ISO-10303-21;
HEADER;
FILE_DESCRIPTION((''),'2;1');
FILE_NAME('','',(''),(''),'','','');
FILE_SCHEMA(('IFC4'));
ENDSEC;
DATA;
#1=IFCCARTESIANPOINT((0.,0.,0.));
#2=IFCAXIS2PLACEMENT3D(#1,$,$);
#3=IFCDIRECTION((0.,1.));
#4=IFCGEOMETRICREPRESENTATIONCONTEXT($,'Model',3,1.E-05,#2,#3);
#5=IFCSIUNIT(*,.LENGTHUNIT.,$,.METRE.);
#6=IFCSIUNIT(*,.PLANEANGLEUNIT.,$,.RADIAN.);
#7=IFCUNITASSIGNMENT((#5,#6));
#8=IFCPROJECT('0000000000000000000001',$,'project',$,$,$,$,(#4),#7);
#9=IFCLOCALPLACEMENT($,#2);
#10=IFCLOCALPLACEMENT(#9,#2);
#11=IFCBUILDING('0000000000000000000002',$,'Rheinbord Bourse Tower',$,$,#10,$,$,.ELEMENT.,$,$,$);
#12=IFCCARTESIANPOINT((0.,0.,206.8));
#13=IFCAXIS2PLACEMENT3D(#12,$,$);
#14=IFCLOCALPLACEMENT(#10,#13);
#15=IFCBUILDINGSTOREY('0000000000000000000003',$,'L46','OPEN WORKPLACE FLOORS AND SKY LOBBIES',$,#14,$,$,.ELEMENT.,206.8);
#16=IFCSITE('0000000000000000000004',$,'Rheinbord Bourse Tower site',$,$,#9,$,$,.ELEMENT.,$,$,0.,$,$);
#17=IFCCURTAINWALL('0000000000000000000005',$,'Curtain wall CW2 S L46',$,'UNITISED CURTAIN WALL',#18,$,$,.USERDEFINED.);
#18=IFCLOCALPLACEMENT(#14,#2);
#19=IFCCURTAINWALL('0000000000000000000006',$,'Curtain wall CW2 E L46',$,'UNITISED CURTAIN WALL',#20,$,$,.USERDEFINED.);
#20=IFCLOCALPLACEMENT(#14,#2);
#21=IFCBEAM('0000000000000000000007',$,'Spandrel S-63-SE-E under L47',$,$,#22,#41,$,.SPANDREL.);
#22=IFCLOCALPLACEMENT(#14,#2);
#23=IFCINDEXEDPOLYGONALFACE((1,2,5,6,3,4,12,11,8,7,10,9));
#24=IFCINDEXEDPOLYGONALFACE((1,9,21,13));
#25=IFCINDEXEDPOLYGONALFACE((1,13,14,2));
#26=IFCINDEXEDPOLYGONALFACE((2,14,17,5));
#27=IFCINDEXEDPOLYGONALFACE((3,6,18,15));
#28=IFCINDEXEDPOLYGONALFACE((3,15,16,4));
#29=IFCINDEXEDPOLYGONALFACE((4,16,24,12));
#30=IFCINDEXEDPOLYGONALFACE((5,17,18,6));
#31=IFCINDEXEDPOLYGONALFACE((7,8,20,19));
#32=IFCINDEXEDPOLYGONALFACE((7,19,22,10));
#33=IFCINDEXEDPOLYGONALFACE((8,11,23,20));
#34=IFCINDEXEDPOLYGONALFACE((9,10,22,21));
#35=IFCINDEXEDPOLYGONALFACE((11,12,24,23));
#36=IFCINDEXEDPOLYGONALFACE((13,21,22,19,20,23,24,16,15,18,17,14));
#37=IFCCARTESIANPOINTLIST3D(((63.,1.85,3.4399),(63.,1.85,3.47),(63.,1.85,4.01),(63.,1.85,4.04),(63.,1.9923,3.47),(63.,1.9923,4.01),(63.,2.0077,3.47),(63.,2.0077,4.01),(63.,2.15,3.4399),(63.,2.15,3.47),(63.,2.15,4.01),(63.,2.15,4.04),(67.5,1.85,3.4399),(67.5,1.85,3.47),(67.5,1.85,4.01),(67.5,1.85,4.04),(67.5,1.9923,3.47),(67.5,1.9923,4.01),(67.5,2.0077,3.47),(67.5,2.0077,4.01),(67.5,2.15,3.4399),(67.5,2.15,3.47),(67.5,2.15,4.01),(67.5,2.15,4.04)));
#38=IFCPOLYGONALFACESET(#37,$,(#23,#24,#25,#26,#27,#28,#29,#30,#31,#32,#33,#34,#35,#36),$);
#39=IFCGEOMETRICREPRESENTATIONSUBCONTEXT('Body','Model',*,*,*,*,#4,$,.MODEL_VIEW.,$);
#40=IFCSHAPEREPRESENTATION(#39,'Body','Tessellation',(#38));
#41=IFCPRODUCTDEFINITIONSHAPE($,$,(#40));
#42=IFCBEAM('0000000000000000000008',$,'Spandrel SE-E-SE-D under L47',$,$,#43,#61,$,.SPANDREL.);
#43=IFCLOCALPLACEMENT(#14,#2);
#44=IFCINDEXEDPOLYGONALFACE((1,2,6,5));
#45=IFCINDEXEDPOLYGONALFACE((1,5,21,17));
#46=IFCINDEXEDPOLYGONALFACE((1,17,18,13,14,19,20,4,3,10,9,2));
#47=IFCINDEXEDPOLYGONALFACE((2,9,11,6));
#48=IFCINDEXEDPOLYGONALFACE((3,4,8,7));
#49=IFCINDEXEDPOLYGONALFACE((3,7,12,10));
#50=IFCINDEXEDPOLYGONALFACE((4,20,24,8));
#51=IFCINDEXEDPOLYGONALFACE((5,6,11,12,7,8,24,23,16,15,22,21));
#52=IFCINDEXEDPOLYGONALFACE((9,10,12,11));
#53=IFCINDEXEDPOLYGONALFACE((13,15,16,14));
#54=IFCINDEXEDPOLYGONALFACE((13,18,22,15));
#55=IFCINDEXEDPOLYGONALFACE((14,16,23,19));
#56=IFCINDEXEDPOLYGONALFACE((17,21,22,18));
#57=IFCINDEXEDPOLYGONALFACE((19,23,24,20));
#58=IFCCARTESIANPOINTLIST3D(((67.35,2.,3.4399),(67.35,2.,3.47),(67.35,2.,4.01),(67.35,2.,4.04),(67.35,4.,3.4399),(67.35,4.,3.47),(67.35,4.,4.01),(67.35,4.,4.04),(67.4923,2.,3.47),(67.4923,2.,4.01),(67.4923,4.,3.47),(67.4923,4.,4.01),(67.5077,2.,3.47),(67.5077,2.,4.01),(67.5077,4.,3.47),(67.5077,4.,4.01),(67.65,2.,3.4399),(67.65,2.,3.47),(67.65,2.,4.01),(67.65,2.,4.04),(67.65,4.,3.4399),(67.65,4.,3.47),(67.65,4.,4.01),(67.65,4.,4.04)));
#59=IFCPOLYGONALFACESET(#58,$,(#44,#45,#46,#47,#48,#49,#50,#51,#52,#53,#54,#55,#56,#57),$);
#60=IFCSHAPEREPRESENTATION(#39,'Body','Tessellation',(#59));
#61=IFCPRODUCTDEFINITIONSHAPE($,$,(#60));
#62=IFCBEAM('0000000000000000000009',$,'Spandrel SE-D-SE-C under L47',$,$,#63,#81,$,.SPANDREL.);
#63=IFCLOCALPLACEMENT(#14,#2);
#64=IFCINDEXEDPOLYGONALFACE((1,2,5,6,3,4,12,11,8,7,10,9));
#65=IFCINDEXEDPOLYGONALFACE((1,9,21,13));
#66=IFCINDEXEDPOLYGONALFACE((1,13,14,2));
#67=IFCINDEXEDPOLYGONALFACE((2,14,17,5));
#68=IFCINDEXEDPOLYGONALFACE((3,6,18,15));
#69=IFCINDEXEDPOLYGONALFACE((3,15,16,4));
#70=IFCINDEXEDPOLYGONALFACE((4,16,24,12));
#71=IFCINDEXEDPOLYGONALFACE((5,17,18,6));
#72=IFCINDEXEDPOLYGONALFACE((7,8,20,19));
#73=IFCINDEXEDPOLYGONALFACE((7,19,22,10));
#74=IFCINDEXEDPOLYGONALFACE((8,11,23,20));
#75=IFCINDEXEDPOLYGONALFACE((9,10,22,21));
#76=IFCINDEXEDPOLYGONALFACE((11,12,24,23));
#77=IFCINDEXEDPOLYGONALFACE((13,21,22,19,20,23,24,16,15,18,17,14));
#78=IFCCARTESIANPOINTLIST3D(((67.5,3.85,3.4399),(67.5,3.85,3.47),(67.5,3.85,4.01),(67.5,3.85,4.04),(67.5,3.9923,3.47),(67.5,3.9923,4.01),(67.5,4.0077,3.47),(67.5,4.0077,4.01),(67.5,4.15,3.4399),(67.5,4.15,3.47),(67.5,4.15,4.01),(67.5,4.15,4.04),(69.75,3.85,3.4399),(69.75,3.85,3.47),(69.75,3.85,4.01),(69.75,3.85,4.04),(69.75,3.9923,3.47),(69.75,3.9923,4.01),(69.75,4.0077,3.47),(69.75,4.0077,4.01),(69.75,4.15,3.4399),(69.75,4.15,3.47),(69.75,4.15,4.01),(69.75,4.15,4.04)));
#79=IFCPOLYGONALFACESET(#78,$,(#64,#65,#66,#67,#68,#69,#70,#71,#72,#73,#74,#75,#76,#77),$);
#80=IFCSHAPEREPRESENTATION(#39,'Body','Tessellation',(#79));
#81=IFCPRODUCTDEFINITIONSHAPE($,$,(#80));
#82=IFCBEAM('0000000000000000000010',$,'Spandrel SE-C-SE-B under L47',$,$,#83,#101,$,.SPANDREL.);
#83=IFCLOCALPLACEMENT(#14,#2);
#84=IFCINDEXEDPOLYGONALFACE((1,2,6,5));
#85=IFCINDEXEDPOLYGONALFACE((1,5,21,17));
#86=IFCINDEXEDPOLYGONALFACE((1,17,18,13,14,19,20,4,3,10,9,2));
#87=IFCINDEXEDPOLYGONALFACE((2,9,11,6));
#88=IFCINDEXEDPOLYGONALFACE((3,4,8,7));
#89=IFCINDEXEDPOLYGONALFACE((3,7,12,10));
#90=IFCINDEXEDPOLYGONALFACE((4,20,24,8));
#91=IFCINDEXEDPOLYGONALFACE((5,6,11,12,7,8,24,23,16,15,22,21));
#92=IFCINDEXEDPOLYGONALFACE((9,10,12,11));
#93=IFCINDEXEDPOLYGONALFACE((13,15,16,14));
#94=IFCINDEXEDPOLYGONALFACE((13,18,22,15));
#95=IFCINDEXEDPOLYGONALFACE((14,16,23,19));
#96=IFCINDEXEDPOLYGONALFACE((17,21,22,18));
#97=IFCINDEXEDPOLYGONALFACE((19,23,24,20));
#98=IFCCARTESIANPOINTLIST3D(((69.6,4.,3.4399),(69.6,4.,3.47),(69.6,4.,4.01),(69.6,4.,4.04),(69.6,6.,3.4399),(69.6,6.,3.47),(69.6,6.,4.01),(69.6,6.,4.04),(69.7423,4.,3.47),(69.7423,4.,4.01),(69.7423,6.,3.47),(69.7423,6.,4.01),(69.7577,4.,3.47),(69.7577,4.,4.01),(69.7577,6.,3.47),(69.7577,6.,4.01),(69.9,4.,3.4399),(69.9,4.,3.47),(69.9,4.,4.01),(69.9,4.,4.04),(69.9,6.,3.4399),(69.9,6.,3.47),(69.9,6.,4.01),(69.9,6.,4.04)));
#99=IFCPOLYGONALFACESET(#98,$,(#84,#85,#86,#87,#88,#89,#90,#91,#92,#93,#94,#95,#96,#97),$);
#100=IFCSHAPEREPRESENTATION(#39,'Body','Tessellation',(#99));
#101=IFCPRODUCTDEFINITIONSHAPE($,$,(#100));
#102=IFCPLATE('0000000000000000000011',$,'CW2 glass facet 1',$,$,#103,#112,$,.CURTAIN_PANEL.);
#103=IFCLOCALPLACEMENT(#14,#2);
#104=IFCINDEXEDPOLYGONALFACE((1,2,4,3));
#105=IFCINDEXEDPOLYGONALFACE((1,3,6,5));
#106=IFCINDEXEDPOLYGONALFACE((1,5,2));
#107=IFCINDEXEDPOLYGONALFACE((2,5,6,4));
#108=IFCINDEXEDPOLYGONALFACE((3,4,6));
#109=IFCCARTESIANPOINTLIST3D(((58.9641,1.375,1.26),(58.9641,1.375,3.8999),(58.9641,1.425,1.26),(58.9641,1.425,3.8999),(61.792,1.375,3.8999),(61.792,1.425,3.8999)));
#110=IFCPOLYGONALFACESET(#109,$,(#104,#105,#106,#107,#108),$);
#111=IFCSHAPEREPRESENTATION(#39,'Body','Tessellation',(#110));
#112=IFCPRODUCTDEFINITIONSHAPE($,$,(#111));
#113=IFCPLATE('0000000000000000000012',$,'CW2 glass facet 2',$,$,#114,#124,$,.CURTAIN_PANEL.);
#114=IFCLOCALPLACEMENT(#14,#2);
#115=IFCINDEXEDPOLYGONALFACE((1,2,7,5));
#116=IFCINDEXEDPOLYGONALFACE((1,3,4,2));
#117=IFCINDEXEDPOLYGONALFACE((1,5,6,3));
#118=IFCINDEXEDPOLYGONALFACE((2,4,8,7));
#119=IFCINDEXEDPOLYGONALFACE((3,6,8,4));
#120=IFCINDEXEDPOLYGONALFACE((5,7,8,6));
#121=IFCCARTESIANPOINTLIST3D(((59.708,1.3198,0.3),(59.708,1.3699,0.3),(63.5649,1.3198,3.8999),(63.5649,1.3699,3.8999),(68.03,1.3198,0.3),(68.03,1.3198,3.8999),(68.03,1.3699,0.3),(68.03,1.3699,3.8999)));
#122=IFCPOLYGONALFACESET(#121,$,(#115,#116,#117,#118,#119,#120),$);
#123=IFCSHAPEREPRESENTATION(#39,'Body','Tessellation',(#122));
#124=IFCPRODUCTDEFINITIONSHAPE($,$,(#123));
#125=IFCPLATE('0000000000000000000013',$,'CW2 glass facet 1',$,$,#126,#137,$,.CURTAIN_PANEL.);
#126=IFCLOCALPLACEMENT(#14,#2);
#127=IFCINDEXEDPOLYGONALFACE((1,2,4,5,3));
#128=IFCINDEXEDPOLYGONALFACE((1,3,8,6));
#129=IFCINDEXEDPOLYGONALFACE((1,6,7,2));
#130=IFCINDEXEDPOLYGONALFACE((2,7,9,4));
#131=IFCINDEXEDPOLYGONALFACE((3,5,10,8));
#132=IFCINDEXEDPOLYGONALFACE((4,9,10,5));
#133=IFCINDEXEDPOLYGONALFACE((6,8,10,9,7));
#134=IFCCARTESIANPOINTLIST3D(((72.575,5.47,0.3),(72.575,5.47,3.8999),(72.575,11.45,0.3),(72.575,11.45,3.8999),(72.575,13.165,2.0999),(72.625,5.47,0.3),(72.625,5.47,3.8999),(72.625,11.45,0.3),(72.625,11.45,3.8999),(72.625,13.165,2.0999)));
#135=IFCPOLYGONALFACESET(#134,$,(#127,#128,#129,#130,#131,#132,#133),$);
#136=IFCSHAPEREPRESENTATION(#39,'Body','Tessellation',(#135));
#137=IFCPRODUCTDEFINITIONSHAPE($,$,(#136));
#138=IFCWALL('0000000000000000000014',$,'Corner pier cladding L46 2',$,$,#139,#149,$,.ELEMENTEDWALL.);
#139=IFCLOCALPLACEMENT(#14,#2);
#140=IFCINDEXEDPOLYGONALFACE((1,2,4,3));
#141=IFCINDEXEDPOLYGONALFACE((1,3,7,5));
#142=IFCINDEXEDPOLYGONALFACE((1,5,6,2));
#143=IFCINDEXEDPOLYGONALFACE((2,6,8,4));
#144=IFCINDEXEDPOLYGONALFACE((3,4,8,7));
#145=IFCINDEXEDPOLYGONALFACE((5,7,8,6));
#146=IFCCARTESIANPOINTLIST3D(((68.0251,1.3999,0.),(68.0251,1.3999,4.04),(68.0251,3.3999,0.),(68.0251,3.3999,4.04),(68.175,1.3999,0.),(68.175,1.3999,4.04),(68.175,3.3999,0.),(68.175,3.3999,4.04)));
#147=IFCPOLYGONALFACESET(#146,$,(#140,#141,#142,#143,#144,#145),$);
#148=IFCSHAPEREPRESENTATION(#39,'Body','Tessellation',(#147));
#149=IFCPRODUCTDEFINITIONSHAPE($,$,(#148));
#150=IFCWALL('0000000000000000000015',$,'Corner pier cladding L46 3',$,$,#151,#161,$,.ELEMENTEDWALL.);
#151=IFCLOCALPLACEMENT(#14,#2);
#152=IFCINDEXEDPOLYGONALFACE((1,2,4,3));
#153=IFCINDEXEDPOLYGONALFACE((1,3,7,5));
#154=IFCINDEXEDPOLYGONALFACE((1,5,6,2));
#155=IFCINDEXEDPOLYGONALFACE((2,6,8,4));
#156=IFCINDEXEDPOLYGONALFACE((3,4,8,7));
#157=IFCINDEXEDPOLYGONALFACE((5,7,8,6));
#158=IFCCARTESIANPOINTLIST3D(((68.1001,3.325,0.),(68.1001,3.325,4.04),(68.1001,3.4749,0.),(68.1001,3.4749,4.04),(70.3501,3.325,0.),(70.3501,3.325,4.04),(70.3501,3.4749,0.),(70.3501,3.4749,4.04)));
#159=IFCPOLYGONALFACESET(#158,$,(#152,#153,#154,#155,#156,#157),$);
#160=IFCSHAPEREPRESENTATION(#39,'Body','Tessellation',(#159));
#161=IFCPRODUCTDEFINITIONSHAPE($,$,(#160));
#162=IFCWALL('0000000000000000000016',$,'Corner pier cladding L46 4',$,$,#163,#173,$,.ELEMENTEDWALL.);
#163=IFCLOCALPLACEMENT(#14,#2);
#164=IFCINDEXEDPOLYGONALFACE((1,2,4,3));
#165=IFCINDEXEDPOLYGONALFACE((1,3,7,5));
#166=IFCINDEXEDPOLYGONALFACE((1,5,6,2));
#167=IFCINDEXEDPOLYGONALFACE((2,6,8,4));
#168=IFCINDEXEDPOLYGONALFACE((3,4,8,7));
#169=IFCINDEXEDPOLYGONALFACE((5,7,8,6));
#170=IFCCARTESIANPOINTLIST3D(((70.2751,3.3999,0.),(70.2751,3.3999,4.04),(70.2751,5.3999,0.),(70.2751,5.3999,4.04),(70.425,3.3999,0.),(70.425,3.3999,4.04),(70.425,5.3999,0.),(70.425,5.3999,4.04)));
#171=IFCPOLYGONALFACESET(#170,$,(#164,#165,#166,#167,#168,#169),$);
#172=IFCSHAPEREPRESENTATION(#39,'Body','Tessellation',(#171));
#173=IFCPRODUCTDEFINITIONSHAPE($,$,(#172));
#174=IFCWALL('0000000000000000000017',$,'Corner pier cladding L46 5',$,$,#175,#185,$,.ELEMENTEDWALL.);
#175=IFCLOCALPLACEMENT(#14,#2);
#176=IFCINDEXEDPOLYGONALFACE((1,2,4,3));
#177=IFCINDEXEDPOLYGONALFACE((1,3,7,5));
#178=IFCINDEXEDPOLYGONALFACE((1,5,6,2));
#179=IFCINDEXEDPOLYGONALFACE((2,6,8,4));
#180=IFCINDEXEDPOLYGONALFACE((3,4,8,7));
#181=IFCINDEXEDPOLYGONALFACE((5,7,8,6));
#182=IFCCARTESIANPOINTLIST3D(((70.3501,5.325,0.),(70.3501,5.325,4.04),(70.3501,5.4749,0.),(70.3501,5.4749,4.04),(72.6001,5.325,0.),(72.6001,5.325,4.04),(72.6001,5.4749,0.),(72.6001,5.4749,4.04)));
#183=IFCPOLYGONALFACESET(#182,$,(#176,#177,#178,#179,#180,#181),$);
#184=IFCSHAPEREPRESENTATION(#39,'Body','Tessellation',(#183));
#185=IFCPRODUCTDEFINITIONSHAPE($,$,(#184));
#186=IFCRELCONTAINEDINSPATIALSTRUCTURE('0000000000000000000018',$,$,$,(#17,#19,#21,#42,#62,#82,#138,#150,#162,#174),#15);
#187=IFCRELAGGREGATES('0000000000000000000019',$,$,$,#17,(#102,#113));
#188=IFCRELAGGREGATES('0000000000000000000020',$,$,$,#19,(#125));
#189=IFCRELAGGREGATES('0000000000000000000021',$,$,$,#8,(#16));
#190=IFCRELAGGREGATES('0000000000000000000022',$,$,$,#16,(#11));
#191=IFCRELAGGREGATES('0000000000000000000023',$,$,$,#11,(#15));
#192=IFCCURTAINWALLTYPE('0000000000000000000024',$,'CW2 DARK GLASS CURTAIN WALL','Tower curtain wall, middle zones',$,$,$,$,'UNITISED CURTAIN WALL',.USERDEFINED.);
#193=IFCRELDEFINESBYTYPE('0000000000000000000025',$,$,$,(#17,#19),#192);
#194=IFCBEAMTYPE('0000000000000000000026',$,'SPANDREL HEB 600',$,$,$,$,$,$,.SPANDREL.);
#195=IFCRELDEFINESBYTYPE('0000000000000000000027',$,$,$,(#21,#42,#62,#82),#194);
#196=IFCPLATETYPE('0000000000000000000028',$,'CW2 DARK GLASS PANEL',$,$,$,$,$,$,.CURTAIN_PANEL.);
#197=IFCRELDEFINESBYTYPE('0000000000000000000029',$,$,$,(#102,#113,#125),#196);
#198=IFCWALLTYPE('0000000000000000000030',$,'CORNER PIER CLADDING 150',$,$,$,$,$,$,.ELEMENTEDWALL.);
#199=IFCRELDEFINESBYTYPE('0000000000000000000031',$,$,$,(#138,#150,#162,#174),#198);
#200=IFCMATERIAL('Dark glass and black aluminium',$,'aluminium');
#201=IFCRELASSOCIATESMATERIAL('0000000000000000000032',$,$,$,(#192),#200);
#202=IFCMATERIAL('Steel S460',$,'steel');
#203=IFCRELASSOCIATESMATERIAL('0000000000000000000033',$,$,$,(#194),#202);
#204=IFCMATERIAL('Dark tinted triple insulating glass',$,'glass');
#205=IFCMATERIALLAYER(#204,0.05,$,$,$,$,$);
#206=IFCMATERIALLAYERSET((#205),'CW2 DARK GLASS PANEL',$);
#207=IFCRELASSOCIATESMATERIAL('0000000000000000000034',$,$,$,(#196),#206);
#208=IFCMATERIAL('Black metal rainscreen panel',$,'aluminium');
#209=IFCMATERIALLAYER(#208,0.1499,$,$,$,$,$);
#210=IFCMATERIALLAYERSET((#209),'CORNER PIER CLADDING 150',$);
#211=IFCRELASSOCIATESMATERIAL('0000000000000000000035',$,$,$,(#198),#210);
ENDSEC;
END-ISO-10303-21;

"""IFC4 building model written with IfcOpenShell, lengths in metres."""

from ifc_helpers import new_model, si_unit, direction, frame, frame_2d, origin, origin_2d, place, context, subcontext, project, spatial, polyline, rectangle, i_section, outline, extrude, material, layer, layer_set, material_profile, profile_set, type_object, element, aggregate, save


model = new_model("IFC4")

# Units and contexts
model_context = context("Model", 3, precision=1e-05, world=origin(), true_north=direction((0.0, 1.0)))
body_context = subcontext(model_context, "Body", "Model", "MODEL_VIEW")
ifc_project = project(units=[si_unit("LENGTHUNIT", "METRE"), si_unit("PLANEANGLEUNIT", "RADIAN")], contexts=[model_context])

# Site, building, storey
site_placement = place(None, origin())
site = spatial("IfcSite", under=ifc_project, at=site_placement, Name="Rheinbord Bourse Tower site", CompositionType="ELEMENT", RefElevation=0.0)
building_placement = place(site_placement, origin())
building = spatial("IfcBuilding", under=site, at=building_placement, Name="Rheinbord Bourse Tower", CompositionType="ELEMENT")
storey_placement = place(building_placement, frame((0.0, 0.0, 206.8)))
storey = spatial("IfcBuildingStorey", under=building, at=storey_placement, Name="L46", Description="OPEN WORKPLACE FLOORS AND SKY LOBBIES", CompositionType="ELEMENT", Elevation=206.8)

# Curtain wall
ifc_material_1 = material(Name="Dark glass and black aluminium", Category="aluminium")
curtain_wall_type = type_object("IfcCurtainWallType", Name="CW2 DARK GLASS CURTAIN WALL", Description="Tower curtain wall, middle zones", ElementType="UNITISED CURTAIN WALL", PredefinedType="USERDEFINED", material=ifc_material_1)
curtain_wall_1_placement = place(storey_placement, origin())
curtain_wall_1 = element("IfcCurtainWall", 1, at=curtain_wall_1_placement, inside=storey, type_object=curtain_wall_type, Name="Curtain wall CW2 S L46", ObjectType="UNITISED CURTAIN WALL", PredefinedType="USERDEFINED")

# Curtain wall
curtain_wall_2_placement = place(storey_placement, origin())
curtain_wall_2 = element("IfcCurtainWall", 2, at=curtain_wall_2_placement, inside=storey, type_object=curtain_wall_type, Name="Curtain wall CW2 E L46", ObjectType="UNITISED CURTAIN WALL", PredefinedType="USERDEFINED")

# Beams
ifc_material_2 = material(Name="Steel S460", Category="steel")
ifc_material_profile_1 = material_profile(ifc_material_2, i_section(OverallWidth=0.3, OverallDepth=0.6001, WebThickness=0.0154, FlangeThickness=0.03, at=origin_2d()), Name="HEB 600")
ifc_profile_set_1 = profile_set([ifc_material_profile_1], Name="Steel S460")
beam_type_1 = type_object("IfcBeamType", Name="SPANDREL HEB 600", PredefinedType="SPANDREL", material=ifc_profile_set_1)
for number, where, z_axis, x_axis, name in (
    (3, (63.0, 2.0, 3.74), (1.0, 0.0, 0.0), (0.0, 1.0, 0.0), "Spandrel S-63-SE-E under L47"),
):
    element("IfcBeam", number, at=place(storey_placement, frame(where, z_axis=z_axis, x_axis=x_axis)), inside=storey, type_object=beam_type_1, Name=name, PredefinedType="SPANDREL", context=body_context, shape_type="SweptSolid", body=[
        extrude(i_section(OverallWidth=0.3, OverallDepth=0.6001, WebThickness=0.0154, FlangeThickness=0.03, at=origin_2d()), origin(), (0.0, 0.0, 1.0), 4.5),
    ])
beam_1_placement = place(storey_placement, frame((67.5, 2.0, 3.74), z_axis=(0.0, 1.0, 0.0), x_axis=(-1.0, 0.0, 0.0)))
element("IfcBeam", 4, at=beam_1_placement, inside=storey, type_object=beam_type_1, Name="Spandrel SE-E-SE-D under L47", PredefinedType="SPANDREL", context=body_context, shape_type="SweptSolid", body=[
    extrude(i_section(OverallWidth=0.3, OverallDepth=0.6001, WebThickness=0.0154, FlangeThickness=0.03, at=origin_2d()), origin(), (0.0, 0.0, 1.0), 2.0),
])
beam_2_placement = place(storey_placement, frame((67.5, 4.0, 3.74), z_axis=(1.0, 0.0, 0.0), x_axis=(0.0, 1.0, 0.0)))
element("IfcBeam", 5, at=beam_2_placement, inside=storey, type_object=beam_type_1, Name="Spandrel SE-D-SE-C under L47", PredefinedType="SPANDREL", context=body_context, shape_type="SweptSolid", body=[
    extrude(i_section(OverallWidth=0.3, OverallDepth=0.6001, WebThickness=0.0154, FlangeThickness=0.03, at=origin_2d()), origin(), (0.0, 0.0, 1.0), 2.25),
])
beam_3_placement = place(storey_placement, frame((69.75, 4.0, 3.74), z_axis=(0.0, 1.0, 0.0), x_axis=(-1.0, 0.0, 0.0)))
element("IfcBeam", 6, at=beam_3_placement, inside=storey, type_object=beam_type_1, Name="Spandrel SE-C-SE-B under L47", PredefinedType="SPANDREL", context=body_context, shape_type="SweptSolid", body=[
    extrude(i_section(OverallWidth=0.3, OverallDepth=0.6001, WebThickness=0.0154, FlangeThickness=0.03, at=origin_2d()), origin(), (0.0, 0.0, 1.0), 2.0),
])

# Plates
ifc_material_3 = material(Name="Dark tinted triple insulating glass", Category="glass")
ifc_layer_1 = layer(ifc_material_3, 0.05)
ifc_layer_set_1 = layer_set([ifc_layer_1], Name="CW2 DARK GLASS PANEL")
plate_type = type_object("IfcPlateType", Name="CW2 DARK GLASS PANEL", PredefinedType="CURTAIN_PANEL", material=ifc_layer_set_1)
plate_1_placement = place(storey_placement, frame((58.9641, 1.375, 3.8999), z_axis=(0.0, 1.0, 0.0), x_axis=(1.0, 0.0, 0.0)))
plate_1 = element("IfcPlate", 7, at=plate_1_placement, type_object=plate_type, Name="CW2 glass facet 1", PredefinedType="CURTAIN_PANEL", context=body_context, shape_type="SweptSolid", body=[
    extrude(outline(polyline([(0.0, 0.0), (2.8279, 0.0), (0.0, 2.6399), (0.0, 0.0)])), origin(), (0.0, 0.0, 1.0), 0.05),
])
plate_2_placement = place(storey_placement, frame((68.03, 1.3198, 3.8999), z_axis=(0.0, 1.0, 0.0), x_axis=(0.0, 0.0, -1.0)))
plate_2 = element("IfcPlate", 8, at=plate_2_placement, type_object=plate_type, Name="CW2 glass facet 2", PredefinedType="CURTAIN_PANEL", context=body_context, shape_type="SweptSolid", body=[
    extrude(outline(polyline([(0.0, 0.0), (3.5999, 0.0), (3.5999, 8.322), (0.0, 4.4651), (0.0, 0.0)])), origin(), (0.0, 0.0, 1.0), 0.05),
])
aggregate(curtain_wall_1, [plate_1, plate_2])
plate_3_placement = place(storey_placement, frame((72.625, 5.47, 0.3), z_axis=(-1.0, 0.0, 0.0), x_axis=(0.0, 0.0, 1.0)))
plate_3 = element("IfcPlate", 9, at=plate_3_placement, type_object=plate_type, Name="CW2 glass facet 1", PredefinedType="CURTAIN_PANEL", context=body_context, shape_type="SweptSolid", body=[
    extrude(outline(polyline([(0.0, 0.0), (3.5999, 0.0), (3.5999, 5.98), (1.7998, 7.6951), (0.0, 5.98), (0.0, 0.0)])), origin(), (0.0, 0.0, 1.0), 0.05),
])
aggregate(curtain_wall_2, [plate_3])

# Walls
ifc_material_4 = material(Name="Black metal rainscreen panel", Category="aluminium")
ifc_layer_2 = layer(ifc_material_4, 0.1499)
ifc_layer_set_2 = layer_set([ifc_layer_2], Name="CORNER PIER CLADDING 150")
wall_type = type_object("IfcWallType", Name="CORNER PIER CLADDING 150", PredefinedType="ELEMENTEDWALL", material=ifc_layer_set_2)
wall_1_placement = place(storey_placement, frame((68.1001, 1.3999, 0.0), z_axis=(0.0, 0.0, 1.0), x_axis=(0.0, 1.0, 0.0)))
element("IfcWall", 10, at=wall_1_placement, inside=storey, type_object=wall_type, Name="Corner pier cladding L46 2", PredefinedType="ELEMENTEDWALL", context=body_context, shape_type="SweptSolid", body=[
    extrude(rectangle(XDim=2.0, YDim=0.1499, at=frame_2d((1.0, 0.0))), origin(), (0.0, 0.0, 1.0), 4.04),
])
wall_2_placement = place(storey_placement, frame((68.1001, 3.3999, 0.0), z_axis=(0.0, 0.0, 1.0), x_axis=(1.0, 0.0, 0.0)))
element("IfcWall", 11, at=wall_2_placement, inside=storey, type_object=wall_type, Name="Corner pier cladding L46 3", PredefinedType="ELEMENTEDWALL", context=body_context, shape_type="SweptSolid", body=[
    extrude(rectangle(XDim=2.25, YDim=0.1499, at=frame_2d((1.125, 0.0))), origin(), (0.0, 0.0, 1.0), 4.04),
])
wall_3_placement = place(storey_placement, frame((70.3501, 3.3999, 0.0), z_axis=(0.0, 0.0, 1.0), x_axis=(0.0, 1.0, 0.0)))
element("IfcWall", 12, at=wall_3_placement, inside=storey, type_object=wall_type, Name="Corner pier cladding L46 4", PredefinedType="ELEMENTEDWALL", context=body_context, shape_type="SweptSolid", body=[
    extrude(rectangle(XDim=2.0, YDim=0.1499, at=frame_2d((1.0, 0.0))), origin(), (0.0, 0.0, 1.0), 4.04),
])
wall_4_placement = place(storey_placement, frame((70.3501, 5.3999, 0.0), z_axis=(0.0, 0.0, 1.0), x_axis=(1.0, 0.0, 0.0)))
element("IfcWall", 13, at=wall_4_placement, inside=storey, type_object=wall_type, Name="Corner pier cladding L46 5", PredefinedType="ELEMENTEDWALL", context=body_context, shape_type="SweptSolid", body=[
    extrude(rectangle(XDim=2.25, YDim=0.1499, at=frame_2d((1.125, 0.0))), origin(), (0.0, 0.0, 1.0), 4.04),
])

save(model, "model.ifc")
